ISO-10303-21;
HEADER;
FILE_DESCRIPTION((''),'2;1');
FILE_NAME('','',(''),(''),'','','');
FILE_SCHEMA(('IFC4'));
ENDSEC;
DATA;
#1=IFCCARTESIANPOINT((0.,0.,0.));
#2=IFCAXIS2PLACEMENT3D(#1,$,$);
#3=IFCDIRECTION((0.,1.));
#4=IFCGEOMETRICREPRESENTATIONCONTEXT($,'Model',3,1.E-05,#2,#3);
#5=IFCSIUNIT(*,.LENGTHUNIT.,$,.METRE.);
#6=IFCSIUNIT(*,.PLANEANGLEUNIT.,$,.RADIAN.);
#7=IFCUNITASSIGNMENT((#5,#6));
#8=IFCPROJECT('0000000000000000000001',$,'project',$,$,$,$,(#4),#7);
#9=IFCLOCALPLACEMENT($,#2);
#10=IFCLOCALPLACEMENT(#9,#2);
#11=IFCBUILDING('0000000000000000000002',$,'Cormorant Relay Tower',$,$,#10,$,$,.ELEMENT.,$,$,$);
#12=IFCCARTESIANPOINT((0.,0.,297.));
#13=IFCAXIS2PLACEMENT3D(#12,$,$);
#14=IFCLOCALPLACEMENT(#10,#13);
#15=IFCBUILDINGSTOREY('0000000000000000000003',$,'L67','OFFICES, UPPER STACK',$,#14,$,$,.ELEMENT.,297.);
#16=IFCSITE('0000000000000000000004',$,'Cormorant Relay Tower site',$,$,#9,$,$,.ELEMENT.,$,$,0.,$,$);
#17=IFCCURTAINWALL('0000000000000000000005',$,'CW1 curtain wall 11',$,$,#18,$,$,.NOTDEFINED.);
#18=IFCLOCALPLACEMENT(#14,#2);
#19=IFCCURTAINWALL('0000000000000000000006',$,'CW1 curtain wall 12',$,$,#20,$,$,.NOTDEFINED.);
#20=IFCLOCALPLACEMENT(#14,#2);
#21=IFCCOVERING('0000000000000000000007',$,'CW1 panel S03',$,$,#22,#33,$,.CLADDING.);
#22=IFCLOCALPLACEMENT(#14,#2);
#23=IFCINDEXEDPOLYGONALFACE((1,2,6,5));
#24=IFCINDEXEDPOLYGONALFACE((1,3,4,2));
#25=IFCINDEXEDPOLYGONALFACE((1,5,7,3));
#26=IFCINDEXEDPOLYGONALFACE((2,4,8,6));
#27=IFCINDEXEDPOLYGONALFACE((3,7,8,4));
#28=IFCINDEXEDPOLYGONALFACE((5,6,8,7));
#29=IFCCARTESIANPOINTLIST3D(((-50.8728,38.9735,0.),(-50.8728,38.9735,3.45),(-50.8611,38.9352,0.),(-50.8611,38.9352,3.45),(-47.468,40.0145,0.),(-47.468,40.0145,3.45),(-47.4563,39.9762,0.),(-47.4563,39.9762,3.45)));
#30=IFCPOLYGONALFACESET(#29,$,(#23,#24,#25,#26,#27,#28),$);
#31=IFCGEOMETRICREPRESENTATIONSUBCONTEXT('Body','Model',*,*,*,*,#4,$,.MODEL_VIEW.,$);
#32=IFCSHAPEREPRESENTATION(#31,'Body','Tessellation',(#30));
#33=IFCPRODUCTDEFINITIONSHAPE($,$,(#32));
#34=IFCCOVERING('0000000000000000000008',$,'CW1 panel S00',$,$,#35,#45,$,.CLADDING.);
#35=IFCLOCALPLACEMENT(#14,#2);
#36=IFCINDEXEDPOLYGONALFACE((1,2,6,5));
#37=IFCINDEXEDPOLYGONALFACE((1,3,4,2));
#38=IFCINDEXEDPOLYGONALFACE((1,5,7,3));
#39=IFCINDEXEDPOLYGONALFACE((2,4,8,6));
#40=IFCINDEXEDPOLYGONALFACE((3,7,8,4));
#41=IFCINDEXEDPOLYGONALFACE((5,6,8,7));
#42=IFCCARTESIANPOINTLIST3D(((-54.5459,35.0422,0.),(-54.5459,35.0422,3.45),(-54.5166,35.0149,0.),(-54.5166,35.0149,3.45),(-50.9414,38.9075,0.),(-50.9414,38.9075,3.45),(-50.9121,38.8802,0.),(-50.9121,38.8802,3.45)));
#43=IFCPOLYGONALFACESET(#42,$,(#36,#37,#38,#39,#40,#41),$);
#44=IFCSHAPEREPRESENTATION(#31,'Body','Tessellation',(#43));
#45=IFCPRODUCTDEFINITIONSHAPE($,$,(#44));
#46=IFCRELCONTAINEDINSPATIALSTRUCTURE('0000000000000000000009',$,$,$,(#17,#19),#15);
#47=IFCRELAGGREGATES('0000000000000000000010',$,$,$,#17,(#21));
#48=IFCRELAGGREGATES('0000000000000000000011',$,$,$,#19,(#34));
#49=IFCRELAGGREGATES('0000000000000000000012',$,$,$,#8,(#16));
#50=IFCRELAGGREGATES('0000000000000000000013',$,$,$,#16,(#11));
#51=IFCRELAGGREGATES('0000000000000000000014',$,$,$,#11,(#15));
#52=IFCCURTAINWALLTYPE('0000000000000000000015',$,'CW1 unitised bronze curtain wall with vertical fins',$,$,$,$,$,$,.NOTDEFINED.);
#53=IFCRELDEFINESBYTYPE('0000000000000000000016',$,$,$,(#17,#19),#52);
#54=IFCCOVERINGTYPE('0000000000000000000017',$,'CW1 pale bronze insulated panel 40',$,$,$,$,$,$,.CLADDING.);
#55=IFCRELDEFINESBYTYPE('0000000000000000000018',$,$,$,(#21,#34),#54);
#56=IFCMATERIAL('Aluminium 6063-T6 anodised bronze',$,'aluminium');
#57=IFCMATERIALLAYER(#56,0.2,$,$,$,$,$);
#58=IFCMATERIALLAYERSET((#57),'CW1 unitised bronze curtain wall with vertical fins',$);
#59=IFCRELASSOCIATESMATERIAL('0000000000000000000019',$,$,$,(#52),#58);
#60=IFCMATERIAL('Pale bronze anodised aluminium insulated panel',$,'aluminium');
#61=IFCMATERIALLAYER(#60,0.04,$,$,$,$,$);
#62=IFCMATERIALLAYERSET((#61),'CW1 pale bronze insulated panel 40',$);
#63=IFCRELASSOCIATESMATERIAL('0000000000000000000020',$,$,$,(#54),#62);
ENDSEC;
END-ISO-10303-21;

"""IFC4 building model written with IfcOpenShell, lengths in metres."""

from ifc_helpers import new_model, si_unit, direction, frame, origin, origin_2d, place, context, subcontext, project, spatial, rectangle, extrude, material, layer, layer_set, type_object, element, aggregate, save


model = new_model("IFC4")

# Units and contexts
model_context = context("Model", 3, precision=1e-05, world=origin(), true_north=direction((0.0, 1.0)))
body_context = subcontext(model_context, "Body", "Model", "MODEL_VIEW")
ifc_project = project(units=[si_unit("LENGTHUNIT", "METRE"), si_unit("PLANEANGLEUNIT", "RADIAN")], contexts=[model_context])

# Site, building, storey
site_placement = place(None, origin())
site = spatial("IfcSite", under=ifc_project, at=site_placement, Name="Cormorant Relay Tower site", CompositionType="ELEMENT", RefElevation=0.0)
building_placement = place(site_placement, origin())
building = spatial("IfcBuilding", under=site, at=building_placement, Name="Cormorant Relay Tower", CompositionType="ELEMENT")
storey_placement = place(building_placement, frame((0.0, 0.0, 297.0)))
storey = spatial("IfcBuildingStorey", under=building, at=storey_placement, Name="L67", Description="OFFICES, UPPER STACK", CompositionType="ELEMENT", Elevation=297.0)

# Shared definitions
ifc_material_1 = material(Name="Aluminium 6063-T6 anodised bronze", Category="aluminium")
ifc_layer_1 = layer(ifc_material_1, 0.2)
ifc_layer_set_1 = layer_set([ifc_layer_1], Name="CW1 unitised bronze curtain wall with vertical fins")
curtain_wall_type = type_object("IfcCurtainWallType", Name="CW1 unitised bronze curtain wall with vertical fins", PredefinedType="NOTDEFINED", material=ifc_layer_set_1)

# Curtain walls
curtain_wall_1_placement = place(storey_placement, origin())
curtain_wall_1 = element("IfcCurtainWall", 1, at=curtain_wall_1_placement, inside=storey, type_object=curtain_wall_type, Name="CW1 curtain wall 11", PredefinedType="NOTDEFINED")
curtain_wall_2_placement = place(storey_placement, origin())
curtain_wall_2 = element("IfcCurtainWall", 2, at=curtain_wall_2_placement, inside=storey, type_object=curtain_wall_type, Name="CW1 curtain wall 12", PredefinedType="NOTDEFINED")

# Coverings
ifc_material_2 = material(Name="Pale bronze anodised aluminium insulated panel", Category="aluminium")
ifc_layer_2 = layer(ifc_material_2, 0.04)
ifc_layer_set_2 = layer_set([ifc_layer_2], Name="CW1 pale bronze insulated panel 40")
covering_type = type_object("IfcCoveringType", Name="CW1 pale bronze insulated panel 40", PredefinedType="CLADDING", material=ifc_layer_set_2)
covering_1_placement = place(storey_placement, frame((-49.1646, 39.4749, 0.0), z_axis=(0.0, 0.0, 1.0), x_axis=(-0.956305, -0.292372, 0.0)))
covering_1 = element("IfcCovering", 3, at=covering_1_placement, type_object=covering_type, Name="CW1 panel S03", PredefinedType="CLADDING", context=body_context, shape_type="SweptSolid", body=[
    extrude(rectangle(XDim=3.5603, YDim=0.04, at=origin_2d()), origin(), (0.0, 0.0, 1.0), 3.45),
])
aggregate(curtain_wall_1, [covering_1])
covering_2_placement = place(storey_placement, frame((-52.729, 36.9612, 0.0), z_axis=(0.0, 0.0, 1.0), x_axis=(-0.681998, -0.731354, 0.0)))
covering_2 = element("IfcCovering", 4, at=covering_2_placement, type_object=covering_type, Name="CW1 panel S00", PredefinedType="CLADDING", context=body_context, shape_type="SweptSolid", body=[
    extrude(rectangle(XDim=5.2852, YDim=0.04, at=origin_2d()), origin(), (0.0, 0.0, 1.0), 3.45),
])
aggregate(curtain_wall_2, [covering_2])

save(model, "model.ifc")
